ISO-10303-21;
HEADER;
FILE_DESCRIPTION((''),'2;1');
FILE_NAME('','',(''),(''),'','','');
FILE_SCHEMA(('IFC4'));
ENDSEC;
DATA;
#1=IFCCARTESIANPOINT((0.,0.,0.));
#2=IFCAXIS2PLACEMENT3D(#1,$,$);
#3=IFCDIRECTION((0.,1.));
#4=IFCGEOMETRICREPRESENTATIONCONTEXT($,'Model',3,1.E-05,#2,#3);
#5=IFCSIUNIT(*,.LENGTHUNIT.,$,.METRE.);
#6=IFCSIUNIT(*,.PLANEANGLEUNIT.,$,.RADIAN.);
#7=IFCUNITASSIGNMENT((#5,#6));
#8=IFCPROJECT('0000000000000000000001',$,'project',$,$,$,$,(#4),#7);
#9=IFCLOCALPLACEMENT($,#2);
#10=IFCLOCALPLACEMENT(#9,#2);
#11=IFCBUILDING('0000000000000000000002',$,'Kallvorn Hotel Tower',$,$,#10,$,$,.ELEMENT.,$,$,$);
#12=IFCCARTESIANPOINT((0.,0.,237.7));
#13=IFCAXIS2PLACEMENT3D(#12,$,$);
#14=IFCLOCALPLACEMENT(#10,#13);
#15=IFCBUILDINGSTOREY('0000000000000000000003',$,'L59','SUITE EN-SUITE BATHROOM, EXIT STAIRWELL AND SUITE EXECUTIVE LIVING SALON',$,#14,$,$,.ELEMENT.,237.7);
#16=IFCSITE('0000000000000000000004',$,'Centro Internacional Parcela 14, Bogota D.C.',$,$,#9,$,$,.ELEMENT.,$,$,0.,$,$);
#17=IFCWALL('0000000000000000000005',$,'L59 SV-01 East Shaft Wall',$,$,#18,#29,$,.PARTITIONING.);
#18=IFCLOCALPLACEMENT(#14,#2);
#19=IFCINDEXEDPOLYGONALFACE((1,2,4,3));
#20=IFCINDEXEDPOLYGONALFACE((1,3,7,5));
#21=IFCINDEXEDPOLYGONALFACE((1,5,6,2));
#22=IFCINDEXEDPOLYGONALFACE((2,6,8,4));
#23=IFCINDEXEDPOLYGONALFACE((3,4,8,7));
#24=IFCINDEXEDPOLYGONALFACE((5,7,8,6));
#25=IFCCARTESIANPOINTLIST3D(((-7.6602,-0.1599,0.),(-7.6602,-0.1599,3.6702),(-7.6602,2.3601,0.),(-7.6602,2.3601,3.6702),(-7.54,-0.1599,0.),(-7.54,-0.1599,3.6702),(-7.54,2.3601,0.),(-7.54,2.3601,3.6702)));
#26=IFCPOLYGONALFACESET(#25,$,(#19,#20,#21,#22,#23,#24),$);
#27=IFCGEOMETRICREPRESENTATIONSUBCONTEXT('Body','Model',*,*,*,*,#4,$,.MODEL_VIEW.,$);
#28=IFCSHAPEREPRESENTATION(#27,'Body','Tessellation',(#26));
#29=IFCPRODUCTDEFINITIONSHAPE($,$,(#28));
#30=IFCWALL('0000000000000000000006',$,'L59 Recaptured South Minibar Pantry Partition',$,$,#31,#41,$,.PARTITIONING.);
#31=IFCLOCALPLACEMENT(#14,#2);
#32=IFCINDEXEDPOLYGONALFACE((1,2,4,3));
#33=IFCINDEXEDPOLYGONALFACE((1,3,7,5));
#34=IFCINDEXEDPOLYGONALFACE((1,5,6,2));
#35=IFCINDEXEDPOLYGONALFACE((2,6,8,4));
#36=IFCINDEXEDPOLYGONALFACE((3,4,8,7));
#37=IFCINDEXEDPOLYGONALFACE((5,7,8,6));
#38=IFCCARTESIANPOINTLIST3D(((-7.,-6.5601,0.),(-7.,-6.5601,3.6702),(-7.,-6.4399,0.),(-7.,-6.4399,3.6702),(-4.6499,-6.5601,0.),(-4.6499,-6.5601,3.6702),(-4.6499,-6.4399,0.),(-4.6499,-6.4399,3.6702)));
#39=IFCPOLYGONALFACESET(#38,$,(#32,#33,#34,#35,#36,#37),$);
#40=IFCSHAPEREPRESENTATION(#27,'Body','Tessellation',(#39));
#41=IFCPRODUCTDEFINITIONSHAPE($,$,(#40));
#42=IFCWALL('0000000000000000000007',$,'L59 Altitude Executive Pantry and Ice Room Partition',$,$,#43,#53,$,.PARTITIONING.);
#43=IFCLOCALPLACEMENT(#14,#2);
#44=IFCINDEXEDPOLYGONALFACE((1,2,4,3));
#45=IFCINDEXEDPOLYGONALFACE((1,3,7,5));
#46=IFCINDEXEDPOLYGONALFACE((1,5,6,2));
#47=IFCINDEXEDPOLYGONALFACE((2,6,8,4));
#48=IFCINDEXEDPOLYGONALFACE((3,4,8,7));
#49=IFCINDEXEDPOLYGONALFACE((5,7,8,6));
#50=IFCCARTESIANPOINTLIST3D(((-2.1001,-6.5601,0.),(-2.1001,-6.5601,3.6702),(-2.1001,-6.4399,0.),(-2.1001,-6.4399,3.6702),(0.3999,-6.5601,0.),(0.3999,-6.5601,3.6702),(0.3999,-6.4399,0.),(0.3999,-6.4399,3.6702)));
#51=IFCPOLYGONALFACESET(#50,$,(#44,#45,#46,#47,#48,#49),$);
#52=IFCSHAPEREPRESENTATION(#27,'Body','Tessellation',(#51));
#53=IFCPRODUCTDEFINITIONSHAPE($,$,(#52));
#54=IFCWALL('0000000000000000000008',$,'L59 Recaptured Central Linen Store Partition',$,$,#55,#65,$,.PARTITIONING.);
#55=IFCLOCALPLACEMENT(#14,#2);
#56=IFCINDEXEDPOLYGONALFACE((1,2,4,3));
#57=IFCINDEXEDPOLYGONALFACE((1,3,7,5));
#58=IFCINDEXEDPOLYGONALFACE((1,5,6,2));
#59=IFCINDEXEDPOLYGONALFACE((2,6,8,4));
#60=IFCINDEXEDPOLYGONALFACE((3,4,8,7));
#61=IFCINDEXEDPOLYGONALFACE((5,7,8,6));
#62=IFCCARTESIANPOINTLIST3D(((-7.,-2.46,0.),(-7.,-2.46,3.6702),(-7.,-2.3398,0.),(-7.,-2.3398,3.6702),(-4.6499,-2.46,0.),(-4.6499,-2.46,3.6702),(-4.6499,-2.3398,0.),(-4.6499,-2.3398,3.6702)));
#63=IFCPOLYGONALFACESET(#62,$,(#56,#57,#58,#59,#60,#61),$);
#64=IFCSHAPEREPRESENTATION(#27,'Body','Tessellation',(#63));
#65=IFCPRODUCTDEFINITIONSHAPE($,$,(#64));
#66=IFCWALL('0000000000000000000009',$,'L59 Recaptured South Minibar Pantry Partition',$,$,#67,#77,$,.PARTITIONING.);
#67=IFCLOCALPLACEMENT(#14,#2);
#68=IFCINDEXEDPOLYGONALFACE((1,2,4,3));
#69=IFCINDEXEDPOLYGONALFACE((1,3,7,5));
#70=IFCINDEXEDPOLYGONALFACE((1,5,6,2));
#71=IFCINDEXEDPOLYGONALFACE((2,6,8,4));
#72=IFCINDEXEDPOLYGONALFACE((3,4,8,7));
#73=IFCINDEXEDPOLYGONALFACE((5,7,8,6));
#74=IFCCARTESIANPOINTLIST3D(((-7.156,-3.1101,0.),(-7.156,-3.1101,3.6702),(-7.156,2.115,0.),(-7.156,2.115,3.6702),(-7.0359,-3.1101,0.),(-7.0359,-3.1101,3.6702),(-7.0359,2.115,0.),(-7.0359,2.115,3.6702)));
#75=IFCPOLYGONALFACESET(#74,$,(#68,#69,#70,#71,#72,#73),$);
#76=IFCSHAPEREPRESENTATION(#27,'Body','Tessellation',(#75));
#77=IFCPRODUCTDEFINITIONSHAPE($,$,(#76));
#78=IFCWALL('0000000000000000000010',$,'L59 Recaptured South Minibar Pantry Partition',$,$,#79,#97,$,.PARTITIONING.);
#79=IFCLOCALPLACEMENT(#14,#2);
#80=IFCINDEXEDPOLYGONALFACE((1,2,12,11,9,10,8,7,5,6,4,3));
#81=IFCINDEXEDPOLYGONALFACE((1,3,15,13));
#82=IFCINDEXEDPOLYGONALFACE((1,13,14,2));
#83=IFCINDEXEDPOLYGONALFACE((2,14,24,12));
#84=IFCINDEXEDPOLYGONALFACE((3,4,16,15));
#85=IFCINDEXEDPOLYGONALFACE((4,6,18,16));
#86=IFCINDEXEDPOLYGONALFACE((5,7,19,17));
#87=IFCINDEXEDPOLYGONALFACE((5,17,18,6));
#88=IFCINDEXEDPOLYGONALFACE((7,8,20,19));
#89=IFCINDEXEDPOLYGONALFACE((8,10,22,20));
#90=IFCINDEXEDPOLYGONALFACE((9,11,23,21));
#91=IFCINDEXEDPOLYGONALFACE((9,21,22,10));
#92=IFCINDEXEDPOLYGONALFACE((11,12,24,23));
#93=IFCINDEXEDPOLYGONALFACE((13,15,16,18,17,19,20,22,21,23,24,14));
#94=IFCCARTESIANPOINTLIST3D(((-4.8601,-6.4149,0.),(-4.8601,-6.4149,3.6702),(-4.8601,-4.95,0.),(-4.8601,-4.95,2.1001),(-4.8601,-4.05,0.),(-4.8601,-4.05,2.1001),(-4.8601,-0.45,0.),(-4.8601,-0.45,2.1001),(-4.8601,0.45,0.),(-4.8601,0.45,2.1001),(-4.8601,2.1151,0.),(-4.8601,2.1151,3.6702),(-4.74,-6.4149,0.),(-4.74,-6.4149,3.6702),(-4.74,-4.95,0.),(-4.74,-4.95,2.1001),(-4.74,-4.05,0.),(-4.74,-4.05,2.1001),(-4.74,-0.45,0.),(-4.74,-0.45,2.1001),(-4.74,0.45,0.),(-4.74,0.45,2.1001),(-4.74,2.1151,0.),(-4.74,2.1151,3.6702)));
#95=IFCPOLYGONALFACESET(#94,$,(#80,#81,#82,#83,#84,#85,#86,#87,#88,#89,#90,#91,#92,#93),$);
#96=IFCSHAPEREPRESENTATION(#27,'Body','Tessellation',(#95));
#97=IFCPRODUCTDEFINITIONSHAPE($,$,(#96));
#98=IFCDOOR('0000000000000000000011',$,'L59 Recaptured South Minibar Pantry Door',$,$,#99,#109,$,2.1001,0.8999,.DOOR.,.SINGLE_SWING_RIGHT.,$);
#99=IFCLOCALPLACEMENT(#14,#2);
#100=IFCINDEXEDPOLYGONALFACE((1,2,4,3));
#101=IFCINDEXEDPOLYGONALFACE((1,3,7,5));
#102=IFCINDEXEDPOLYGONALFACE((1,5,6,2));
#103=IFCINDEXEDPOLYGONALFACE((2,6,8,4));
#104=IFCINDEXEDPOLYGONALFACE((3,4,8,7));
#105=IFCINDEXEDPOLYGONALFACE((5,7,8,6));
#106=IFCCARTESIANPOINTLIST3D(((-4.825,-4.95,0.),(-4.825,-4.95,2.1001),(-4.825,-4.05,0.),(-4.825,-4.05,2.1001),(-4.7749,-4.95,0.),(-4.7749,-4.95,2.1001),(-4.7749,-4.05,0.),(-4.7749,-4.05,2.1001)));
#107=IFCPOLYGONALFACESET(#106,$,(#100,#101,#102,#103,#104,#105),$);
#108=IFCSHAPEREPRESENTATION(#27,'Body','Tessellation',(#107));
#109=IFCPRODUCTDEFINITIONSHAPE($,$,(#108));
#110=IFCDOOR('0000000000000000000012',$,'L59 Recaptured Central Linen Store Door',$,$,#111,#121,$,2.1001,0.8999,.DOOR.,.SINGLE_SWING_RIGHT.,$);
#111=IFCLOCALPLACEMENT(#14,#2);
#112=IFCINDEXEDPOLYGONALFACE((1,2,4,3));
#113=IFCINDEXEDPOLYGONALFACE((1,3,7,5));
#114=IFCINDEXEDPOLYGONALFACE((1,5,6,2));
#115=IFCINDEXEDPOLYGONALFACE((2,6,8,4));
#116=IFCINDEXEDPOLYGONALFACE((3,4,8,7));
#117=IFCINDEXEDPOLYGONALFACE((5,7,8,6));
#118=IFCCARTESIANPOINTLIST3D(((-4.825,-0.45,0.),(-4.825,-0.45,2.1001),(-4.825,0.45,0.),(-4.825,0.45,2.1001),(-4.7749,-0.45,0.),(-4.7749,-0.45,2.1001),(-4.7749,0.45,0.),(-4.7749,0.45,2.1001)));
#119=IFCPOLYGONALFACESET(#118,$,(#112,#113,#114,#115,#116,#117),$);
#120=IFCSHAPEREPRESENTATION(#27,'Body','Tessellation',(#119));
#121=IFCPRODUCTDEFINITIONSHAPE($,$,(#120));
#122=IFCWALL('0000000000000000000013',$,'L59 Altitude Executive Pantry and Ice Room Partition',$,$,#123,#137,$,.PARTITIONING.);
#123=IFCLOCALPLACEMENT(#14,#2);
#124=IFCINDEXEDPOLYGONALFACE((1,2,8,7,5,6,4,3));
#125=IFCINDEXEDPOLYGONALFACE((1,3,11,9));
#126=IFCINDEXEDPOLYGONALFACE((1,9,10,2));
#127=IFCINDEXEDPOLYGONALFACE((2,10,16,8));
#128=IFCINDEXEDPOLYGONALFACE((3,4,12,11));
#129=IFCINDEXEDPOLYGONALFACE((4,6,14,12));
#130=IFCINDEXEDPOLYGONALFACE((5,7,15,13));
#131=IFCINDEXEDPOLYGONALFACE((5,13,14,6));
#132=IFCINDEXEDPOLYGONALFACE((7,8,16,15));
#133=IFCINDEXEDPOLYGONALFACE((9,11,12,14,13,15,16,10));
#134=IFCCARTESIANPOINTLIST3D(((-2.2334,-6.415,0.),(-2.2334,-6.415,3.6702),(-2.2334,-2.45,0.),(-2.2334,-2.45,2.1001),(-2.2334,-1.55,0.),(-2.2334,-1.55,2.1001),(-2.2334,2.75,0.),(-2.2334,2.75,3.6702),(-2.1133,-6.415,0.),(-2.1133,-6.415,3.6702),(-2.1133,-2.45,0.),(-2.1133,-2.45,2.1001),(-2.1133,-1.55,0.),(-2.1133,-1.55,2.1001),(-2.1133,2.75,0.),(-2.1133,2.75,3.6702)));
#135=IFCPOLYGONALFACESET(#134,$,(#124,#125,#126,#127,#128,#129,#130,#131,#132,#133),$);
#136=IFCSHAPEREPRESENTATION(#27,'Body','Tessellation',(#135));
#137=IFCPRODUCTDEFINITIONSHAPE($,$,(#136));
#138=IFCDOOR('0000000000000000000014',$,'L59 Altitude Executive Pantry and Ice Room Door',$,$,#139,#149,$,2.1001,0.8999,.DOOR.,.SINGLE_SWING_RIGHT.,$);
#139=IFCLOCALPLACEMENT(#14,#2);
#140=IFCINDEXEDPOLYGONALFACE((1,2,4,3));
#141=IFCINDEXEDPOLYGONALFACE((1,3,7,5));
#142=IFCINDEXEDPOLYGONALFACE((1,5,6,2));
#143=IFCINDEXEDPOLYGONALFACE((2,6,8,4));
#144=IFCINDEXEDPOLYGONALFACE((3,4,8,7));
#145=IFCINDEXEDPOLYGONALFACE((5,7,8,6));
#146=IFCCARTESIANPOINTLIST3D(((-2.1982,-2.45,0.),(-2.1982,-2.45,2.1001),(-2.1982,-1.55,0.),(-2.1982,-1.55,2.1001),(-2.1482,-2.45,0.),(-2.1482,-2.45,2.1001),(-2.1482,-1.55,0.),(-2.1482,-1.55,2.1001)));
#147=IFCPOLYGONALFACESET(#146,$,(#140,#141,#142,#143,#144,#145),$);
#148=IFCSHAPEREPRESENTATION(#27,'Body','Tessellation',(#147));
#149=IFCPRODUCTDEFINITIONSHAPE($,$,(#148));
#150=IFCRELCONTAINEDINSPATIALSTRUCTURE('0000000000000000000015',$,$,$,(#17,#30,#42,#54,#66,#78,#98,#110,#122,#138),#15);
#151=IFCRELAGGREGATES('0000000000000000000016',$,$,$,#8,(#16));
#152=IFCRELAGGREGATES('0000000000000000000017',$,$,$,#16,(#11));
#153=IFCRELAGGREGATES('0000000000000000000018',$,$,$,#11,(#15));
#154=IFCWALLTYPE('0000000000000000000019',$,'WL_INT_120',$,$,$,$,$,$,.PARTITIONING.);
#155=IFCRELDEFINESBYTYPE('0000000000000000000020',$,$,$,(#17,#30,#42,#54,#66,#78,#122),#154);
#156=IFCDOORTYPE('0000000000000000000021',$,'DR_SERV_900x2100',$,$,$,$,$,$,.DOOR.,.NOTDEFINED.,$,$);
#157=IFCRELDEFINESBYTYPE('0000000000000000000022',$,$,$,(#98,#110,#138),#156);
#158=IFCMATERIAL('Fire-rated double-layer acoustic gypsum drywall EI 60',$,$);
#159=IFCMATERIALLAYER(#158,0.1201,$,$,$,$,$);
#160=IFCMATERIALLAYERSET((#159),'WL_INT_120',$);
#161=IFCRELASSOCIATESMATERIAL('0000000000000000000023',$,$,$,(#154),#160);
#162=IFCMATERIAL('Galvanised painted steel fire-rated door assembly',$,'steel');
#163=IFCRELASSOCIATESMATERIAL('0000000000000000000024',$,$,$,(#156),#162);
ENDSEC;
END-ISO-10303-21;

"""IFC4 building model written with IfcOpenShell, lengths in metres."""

from ifc_helpers import new_model, si_unit, direction, frame, frame_2d, origin, place, context, subcontext, project, spatial, rectangle, extrude, material, layer, layer_set, type_object, element, fill, save


model = new_model("IFC4")

# Units and contexts
model_context = context("Model", 3, precision=1e-05, world=origin(), true_north=direction((0.0, 1.0)))
body_context = subcontext(model_context, "Body", "Model", "MODEL_VIEW")
ifc_project = project(units=[si_unit("LENGTHUNIT", "METRE"), si_unit("PLANEANGLEUNIT", "RADIAN")], contexts=[model_context])

# Site, building, storey
site_placement = place(None, origin())
site = spatial("IfcSite", under=ifc_project, at=site_placement, Name="Centro Internacional Parcela 14, Bogota D.C.", CompositionType="ELEMENT", RefElevation=0.0)
building_placement = place(site_placement, origin())
building = spatial("IfcBuilding", under=site, at=building_placement, Name="Kallvorn Hotel Tower", CompositionType="ELEMENT")
storey_placement = place(building_placement, frame((0.0, 0.0, 237.7)))
storey = spatial("IfcBuildingStorey", under=building, at=storey_placement, Name="L59", Description="SUITE EN-SUITE BATHROOM, EXIT STAIRWELL AND SUITE EXECUTIVE LIVING SALON", CompositionType="ELEMENT", Elevation=237.7)

# Walls
ifc_material_1 = material(Name="Fire-rated double-layer acoustic gypsum drywall EI 60")
ifc_layer_1 = layer(ifc_material_1, 0.1201)
ifc_layer_set_1 = layer_set([ifc_layer_1], Name="WL_INT_120")
wall_type_1 = type_object("IfcWallType", Name="WL_INT_120", PredefinedType="PARTITIONING", material=ifc_layer_set_1)
wall_1_placement = place(storey_placement, frame((-7.6001, -0.1599, 0.0), z_axis=(0.0, 0.0, 1.0), x_axis=(0.0, 1.0, 0.0)))
element("IfcWall", 1, at=wall_1_placement, inside=storey, type_object=wall_type_1, Name="L59 SV-01 East Shaft Wall", PredefinedType="PARTITIONING", context=body_context, shape_type="SweptSolid", body=[
    extrude(rectangle(XDim=2.52, YDim=0.1201, at=frame_2d((1.26, 0.0))), origin(), (0.0, 0.0, 1.0), 3.6702),
])
wall_2_placement = place(storey_placement, frame((-7.0, -6.5, 0.0), z_axis=(0.0, 0.0, 1.0), x_axis=(1.0, 0.0, 0.0)))
element("IfcWall", 2, at=wall_2_placement, inside=storey, type_object=wall_type_1, Name="L59 Recaptured South Minibar Pantry Partition", PredefinedType="PARTITIONING", context=body_context, shape_type="SweptSolid", body=[
    extrude(rectangle(XDim=2.3501, YDim=0.1201, at=frame_2d((1.175, 0.0))), origin(), (0.0, 0.0, 1.0), 3.6702),
])
wall_3_placement = place(storey_placement, frame((-2.1001, -6.5, 0.0), z_axis=(0.0, 0.0, 1.0), x_axis=(1.0, 0.0, 0.0)))
element("IfcWall", 3, at=wall_3_placement, inside=storey, type_object=wall_type_1, Name="L59 Altitude Executive Pantry and Ice Room Partition", PredefinedType="PARTITIONING", context=body_context, shape_type="SweptSolid", body=[
    extrude(rectangle(XDim=2.5, YDim=0.1201, at=frame_2d((1.25, 0.0))), origin(), (0.0, 0.0, 1.0), 3.6702),
])
wall_4_placement = place(storey_placement, frame((-7.0, -2.3999, 0.0), z_axis=(0.0, 0.0, 1.0), x_axis=(1.0, 0.0, 0.0)))
element("IfcWall", 4, at=wall_4_placement, inside=storey, type_object=wall_type_1, Name="L59 Recaptured Central Linen Store Partition", PredefinedType="PARTITIONING", context=body_context, shape_type="SweptSolid", body=[
    extrude(rectangle(XDim=2.3501, YDim=0.1201, at=frame_2d((1.175, 0.0))), origin(), (0.0, 0.0, 1.0), 3.6702),
])
wall_5_placement = place(storey_placement, frame((-7.0959, -3.1101, 0.0), z_axis=(0.0, 0.0, 1.0), x_axis=(0.0, 1.0, 0.0)))
element("IfcWall", 5, at=wall_5_placement, inside=storey, type_object=wall_type_1, Name="L59 Recaptured South Minibar Pantry Partition", PredefinedType="PARTITIONING", context=body_context, shape_type="SweptSolid", body=[
    extrude(rectangle(XDim=5.2251, YDim=0.1201, at=frame_2d((2.6125, 0.0))), origin(), (0.0, 0.0, 1.0), 3.6702),
])

# Wall, openings, doors
wall_6_placement = place(storey_placement, frame((-4.8, -6.415, 0.0), z_axis=(0.0, 0.0, 1.0), x_axis=(0.0, 1.0, 0.0)))
wall_6 = element("IfcWall", 6, at=wall_6_placement, inside=storey, type_object=wall_type_1, Name="L59 Recaptured South Minibar Pantry Partition", PredefinedType="PARTITIONING", context=body_context, shape_type="SweptSolid", body=[
    extrude(rectangle(XDim=8.53, YDim=0.1201, at=frame_2d((4.2651, 0.0))), origin(), (0.0, 0.0, 1.0), 3.6702),
])
opening_1_placement = place(wall_6_placement, frame((1.4651, 0.0, 0.0)))
opening_1 = element("IfcOpeningElement", 7, at=opening_1_placement, cuts=wall_6, PredefinedType="OPENING", context=body_context, shape_type="SweptSolid", body=[
    extrude(rectangle(XDim=0.8999, YDim=2.1001, at=frame_2d((0.45, 1.05))), frame((0.0, 0.075, 0.0), z_axis=(0.0, -1.0, 0.0), x_axis=(1.0, 0.0, 0.0)), (0.0, 0.0, 1.0), 0.1501),
])
opening_2_placement = place(wall_6_placement, frame((5.9651, 0.0, 0.0)))
opening_2 = element("IfcOpeningElement", 8, at=opening_2_placement, cuts=wall_6, PredefinedType="OPENING", context=body_context, shape_type="SweptSolid", body=[
    extrude(rectangle(XDim=0.8999, YDim=2.1001, at=frame_2d((0.45, 1.05))), frame((0.0, 0.075, 0.0), z_axis=(0.0, -1.0, 0.0), x_axis=(1.0, 0.0, 0.0)), (0.0, 0.0, 1.0), 0.1501),
])
ifc_material_2 = material(Name="Galvanised painted steel fire-rated door assembly", Category="steel")
door_type_1 = type_object("IfcDoorType", Name="DR_SERV_900x2100", OperationType="NOTDEFINED", PredefinedType="DOOR", material=ifc_material_2)
door_1_placement = place(opening_1_placement, origin())
door_1 = element("IfcDoor", 9, at=door_1_placement, inside=storey, type_object=door_type_1, Name="L59 Recaptured South Minibar Pantry Door", OperationType="SINGLE_SWING_RIGHT", OverallHeight=2.1001, OverallWidth=0.8999, PredefinedType="DOOR", context=body_context, shape_type="SweptSolid", body=[
    extrude(rectangle(XDim=0.8999, YDim=2.1001, at=frame_2d((0.45, 1.05))), frame((0.0, 0.0249, 0.0), z_axis=(0.0, -1.0, 0.0), x_axis=(1.0, 0.0, 0.0)), (0.0, 0.0, 1.0), 0.05),
])
fill(opening_1, door_1)
door_2_placement = place(opening_2_placement, origin())
door_2 = element("IfcDoor", 10, at=door_2_placement, inside=storey, type_object=door_type_1, Name="L59 Recaptured Central Linen Store Door", OperationType="SINGLE_SWING_RIGHT", OverallHeight=2.1001, OverallWidth=0.8999, PredefinedType="DOOR", context=body_context, shape_type="SweptSolid", body=[
    extrude(rectangle(XDim=0.8999, YDim=2.1001, at=frame_2d((0.45, 1.05))), frame((0.0, 0.0249, 0.0), z_axis=(0.0, -1.0, 0.0), x_axis=(1.0, 0.0, 0.0)), (0.0, 0.0, 1.0), 0.05),
])
fill(opening_2, door_2)

# Wall, opening, door
wall_7_placement = place(storey_placement, frame((-2.1733, -6.415, 0.0), z_axis=(0.0, 0.0, 1.0), x_axis=(0.0, 1.0, 0.0)))
wall_7 = element("IfcWall", 11, at=wall_7_placement, inside=storey, type_object=wall_type_1, Name="L59 Altitude Executive Pantry and Ice Room Partition", PredefinedType="PARTITIONING", context=body_context, shape_type="SweptSolid", body=[
    extrude(rectangle(XDim=9.165, YDim=0.1201, at=frame_2d((4.5825, 0.0))), origin(), (0.0, 0.0, 1.0), 3.6702),
])
opening_3_placement = place(wall_7_placement, frame((3.9651, 0.0, 0.0)))
opening_3 = element("IfcOpeningElement", 12, at=opening_3_placement, cuts=wall_7, PredefinedType="OPENING", context=body_context, shape_type="SweptSolid", body=[
    extrude(rectangle(XDim=0.8999, YDim=2.1001, at=frame_2d((0.45, 1.05))), frame((0.0, 0.075, 0.0), z_axis=(0.0, -1.0, 0.0), x_axis=(1.0, 0.0, 0.0)), (0.0, 0.0, 1.0), 0.1501),
])
door_3_placement = place(opening_3_placement, origin())
door_3 = element("IfcDoor", 13, at=door_3_placement, inside=storey, type_object=door_type_1, Name="L59 Altitude Executive Pantry and Ice Room Door", OperationType="SINGLE_SWING_RIGHT", OverallHeight=2.1001, OverallWidth=0.8999, PredefinedType="DOOR", context=body_context, shape_type="SweptSolid", body=[
    extrude(rectangle(XDim=0.8999, YDim=2.1001, at=frame_2d((0.45, 1.05))), frame((0.0, 0.0249, 0.0), z_axis=(0.0, -1.0, 0.0), x_axis=(1.0, 0.0, 0.0)), (0.0, 0.0, 1.0), 0.05),
])
fill(opening_3, door_3)

save(model, "model.ifc")
